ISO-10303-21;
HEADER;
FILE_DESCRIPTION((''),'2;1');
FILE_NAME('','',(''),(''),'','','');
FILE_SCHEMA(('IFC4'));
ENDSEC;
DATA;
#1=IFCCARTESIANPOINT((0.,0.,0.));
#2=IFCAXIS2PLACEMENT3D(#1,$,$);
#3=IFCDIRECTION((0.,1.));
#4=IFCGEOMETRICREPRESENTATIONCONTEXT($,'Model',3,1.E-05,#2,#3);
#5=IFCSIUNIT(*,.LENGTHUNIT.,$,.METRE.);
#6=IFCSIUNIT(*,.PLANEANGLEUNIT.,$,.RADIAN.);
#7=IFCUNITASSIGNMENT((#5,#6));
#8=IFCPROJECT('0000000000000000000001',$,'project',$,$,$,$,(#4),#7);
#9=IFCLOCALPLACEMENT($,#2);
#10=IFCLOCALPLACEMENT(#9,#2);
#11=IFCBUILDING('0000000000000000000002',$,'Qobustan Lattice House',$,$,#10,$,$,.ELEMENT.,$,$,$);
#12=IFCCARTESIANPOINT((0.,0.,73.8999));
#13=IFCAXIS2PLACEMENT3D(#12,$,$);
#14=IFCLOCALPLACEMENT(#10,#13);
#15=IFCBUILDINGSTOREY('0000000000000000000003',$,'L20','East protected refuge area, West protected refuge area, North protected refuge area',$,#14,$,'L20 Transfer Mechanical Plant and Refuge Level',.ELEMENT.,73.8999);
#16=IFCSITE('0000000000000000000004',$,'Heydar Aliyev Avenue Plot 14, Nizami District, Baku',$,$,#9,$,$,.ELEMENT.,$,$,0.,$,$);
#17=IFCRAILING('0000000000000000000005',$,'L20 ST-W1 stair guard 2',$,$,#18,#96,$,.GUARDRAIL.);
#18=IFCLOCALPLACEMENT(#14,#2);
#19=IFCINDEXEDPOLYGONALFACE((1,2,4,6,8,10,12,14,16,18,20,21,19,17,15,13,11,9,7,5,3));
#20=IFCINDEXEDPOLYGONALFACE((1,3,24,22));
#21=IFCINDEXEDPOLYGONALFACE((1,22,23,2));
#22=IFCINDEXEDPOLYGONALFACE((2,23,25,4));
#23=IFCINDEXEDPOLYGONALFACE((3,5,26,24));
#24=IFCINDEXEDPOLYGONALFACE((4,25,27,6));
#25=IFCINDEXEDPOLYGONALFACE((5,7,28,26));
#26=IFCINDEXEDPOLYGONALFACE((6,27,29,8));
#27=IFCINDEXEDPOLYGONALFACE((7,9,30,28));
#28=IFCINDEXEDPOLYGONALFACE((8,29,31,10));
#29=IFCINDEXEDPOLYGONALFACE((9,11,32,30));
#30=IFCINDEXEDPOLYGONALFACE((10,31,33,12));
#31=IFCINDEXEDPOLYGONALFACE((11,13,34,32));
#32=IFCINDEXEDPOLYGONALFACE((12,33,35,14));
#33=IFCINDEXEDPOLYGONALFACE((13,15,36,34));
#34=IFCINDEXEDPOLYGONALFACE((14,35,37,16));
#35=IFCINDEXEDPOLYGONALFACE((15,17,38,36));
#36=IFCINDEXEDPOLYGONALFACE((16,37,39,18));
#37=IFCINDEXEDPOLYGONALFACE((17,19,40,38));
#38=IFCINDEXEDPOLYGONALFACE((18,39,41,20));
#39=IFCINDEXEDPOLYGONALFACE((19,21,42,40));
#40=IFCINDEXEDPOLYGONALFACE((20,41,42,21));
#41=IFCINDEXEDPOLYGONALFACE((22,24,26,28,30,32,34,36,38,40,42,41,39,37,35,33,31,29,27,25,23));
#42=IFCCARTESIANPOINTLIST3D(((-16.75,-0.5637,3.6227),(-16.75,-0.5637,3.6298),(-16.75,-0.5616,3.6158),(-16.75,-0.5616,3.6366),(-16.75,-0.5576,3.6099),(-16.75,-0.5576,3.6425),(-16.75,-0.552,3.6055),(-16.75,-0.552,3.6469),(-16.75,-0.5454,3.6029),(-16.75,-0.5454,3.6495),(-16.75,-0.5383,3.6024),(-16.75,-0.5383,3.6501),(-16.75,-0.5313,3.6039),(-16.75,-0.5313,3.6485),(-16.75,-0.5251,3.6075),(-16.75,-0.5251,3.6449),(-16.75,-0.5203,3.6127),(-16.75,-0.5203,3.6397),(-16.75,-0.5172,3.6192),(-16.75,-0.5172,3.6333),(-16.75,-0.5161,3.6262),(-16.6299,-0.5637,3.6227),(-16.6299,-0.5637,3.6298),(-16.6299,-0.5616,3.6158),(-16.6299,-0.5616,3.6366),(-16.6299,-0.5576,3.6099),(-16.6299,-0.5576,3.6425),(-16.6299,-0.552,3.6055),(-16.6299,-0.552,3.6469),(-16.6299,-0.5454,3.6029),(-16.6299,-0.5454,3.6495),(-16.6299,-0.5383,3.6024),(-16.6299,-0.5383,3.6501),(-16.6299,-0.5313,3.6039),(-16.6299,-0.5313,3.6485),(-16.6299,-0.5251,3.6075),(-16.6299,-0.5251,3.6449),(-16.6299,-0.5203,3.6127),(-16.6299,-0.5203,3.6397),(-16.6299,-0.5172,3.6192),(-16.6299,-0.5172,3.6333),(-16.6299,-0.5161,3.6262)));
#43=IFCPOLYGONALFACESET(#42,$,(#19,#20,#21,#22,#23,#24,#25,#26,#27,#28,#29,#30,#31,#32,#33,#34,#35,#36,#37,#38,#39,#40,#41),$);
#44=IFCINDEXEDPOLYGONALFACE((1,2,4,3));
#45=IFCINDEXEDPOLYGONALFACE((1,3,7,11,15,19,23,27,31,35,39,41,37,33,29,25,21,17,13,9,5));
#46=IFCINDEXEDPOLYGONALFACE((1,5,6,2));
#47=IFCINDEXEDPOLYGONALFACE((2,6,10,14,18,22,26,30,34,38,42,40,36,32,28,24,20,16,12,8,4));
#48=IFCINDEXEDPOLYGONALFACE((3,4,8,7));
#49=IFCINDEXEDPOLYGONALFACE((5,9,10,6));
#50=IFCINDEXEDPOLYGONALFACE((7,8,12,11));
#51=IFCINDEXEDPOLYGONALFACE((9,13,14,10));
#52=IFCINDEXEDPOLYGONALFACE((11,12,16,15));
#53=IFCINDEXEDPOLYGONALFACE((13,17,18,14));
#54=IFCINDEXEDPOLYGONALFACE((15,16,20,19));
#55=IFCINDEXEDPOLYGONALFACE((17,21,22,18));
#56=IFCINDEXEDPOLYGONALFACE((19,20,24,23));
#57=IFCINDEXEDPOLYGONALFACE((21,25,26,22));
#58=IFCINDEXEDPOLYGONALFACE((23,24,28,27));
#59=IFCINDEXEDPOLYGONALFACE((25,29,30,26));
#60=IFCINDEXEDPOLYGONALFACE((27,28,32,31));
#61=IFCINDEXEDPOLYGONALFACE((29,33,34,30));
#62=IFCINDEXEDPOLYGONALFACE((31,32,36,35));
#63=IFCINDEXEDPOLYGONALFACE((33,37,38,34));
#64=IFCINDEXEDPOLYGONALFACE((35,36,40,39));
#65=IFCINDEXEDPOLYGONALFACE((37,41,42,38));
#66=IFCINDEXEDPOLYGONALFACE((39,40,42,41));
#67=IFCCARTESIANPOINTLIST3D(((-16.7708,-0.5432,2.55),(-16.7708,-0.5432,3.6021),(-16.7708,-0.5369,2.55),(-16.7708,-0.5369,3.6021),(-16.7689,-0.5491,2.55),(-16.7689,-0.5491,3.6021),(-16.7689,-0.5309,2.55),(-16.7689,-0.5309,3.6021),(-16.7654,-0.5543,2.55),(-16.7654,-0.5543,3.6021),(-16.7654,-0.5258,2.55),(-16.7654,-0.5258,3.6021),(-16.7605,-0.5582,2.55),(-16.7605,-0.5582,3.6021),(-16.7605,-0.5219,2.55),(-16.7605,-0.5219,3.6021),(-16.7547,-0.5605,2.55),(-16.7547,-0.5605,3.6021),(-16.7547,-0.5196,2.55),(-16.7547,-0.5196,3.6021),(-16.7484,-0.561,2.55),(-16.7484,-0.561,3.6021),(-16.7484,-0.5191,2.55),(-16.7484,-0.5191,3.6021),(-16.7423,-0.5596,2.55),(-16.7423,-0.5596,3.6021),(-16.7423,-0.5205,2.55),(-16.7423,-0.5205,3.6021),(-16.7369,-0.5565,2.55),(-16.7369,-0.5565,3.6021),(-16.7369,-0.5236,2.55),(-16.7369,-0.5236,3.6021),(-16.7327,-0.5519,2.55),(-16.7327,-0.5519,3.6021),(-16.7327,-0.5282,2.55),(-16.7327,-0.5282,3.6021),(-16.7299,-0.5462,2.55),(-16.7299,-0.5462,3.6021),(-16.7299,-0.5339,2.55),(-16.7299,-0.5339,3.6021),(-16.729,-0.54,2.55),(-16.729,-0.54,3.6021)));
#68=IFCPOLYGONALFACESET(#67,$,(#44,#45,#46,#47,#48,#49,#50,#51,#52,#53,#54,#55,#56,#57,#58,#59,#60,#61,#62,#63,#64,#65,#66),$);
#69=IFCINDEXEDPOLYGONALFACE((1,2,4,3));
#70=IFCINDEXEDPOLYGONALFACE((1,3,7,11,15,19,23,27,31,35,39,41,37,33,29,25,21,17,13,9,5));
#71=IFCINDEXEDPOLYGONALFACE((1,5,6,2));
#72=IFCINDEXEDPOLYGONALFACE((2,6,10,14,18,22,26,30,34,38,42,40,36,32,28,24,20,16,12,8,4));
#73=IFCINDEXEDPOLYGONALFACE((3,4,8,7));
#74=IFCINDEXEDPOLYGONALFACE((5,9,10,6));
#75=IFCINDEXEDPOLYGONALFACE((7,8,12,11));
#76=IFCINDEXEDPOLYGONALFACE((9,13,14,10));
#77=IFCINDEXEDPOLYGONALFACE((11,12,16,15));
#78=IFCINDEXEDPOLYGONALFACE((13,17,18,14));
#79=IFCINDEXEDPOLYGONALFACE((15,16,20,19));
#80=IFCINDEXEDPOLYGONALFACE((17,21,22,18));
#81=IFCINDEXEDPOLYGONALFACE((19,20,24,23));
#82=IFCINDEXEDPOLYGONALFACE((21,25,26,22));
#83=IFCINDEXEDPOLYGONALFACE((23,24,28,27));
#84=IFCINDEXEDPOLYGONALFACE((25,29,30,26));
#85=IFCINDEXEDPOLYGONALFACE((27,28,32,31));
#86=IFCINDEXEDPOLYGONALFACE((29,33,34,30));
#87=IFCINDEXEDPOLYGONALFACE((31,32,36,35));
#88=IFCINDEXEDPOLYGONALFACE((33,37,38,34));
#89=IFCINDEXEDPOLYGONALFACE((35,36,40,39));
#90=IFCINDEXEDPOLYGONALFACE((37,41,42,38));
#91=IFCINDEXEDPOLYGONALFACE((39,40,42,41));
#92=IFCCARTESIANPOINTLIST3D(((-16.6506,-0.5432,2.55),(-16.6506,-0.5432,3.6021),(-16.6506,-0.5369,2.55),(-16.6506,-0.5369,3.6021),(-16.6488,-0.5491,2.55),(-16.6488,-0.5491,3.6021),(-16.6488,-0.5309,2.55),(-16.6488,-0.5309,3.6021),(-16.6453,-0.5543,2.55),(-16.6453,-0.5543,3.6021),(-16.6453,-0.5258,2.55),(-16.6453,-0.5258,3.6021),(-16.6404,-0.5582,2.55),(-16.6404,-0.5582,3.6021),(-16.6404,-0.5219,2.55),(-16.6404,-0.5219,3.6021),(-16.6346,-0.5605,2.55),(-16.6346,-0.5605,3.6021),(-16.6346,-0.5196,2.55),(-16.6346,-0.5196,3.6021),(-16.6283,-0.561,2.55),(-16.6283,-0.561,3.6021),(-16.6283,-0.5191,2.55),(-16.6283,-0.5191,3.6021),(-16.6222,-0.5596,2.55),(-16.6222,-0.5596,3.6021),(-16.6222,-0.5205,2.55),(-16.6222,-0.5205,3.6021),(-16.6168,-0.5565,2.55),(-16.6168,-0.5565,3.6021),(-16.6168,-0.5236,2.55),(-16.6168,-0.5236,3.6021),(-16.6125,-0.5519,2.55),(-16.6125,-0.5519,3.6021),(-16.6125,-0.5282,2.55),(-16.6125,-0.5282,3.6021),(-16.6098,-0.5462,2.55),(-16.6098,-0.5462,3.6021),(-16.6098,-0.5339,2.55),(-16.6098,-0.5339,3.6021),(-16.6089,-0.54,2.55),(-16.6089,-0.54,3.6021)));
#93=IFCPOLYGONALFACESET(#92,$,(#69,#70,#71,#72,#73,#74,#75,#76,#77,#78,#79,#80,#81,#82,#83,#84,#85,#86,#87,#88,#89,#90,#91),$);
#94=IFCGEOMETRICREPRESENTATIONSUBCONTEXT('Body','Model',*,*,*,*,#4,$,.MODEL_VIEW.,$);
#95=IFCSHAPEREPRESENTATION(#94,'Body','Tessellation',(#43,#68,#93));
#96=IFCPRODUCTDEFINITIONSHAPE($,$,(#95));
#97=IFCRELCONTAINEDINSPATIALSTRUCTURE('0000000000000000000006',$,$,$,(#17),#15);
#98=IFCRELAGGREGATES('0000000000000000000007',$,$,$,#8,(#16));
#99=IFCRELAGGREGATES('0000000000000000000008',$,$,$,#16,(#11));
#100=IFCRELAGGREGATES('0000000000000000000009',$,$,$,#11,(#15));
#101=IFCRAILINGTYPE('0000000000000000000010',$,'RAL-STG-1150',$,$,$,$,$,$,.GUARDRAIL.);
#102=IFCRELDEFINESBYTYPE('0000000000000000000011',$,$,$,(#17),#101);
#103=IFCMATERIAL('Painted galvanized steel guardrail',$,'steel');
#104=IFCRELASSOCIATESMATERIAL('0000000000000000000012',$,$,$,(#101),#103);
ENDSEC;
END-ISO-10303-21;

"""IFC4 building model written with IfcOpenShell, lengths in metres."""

from ifc_helpers import new_model, si_unit, direction, frame, origin, origin_2d, place, context, subcontext, project, spatial, circle, extrude, material, type_object, element, save


model = new_model("IFC4")

# Units and contexts
model_context = context("Model", 3, precision=1e-05, world=origin(), true_north=direction((0.0, 1.0)))
body_context = subcontext(model_context, "Body", "Model", "MODEL_VIEW")
ifc_project = project(units=[si_unit("LENGTHUNIT", "METRE"), si_unit("PLANEANGLEUNIT", "RADIAN")], contexts=[model_context])

# Site, building, storey
site_placement = place(None, origin())
site = spatial("IfcSite", under=ifc_project, at=site_placement, Name="Heydar Aliyev Avenue Plot 14, Nizami District, Baku", CompositionType="ELEMENT", RefElevation=0.0)
building_placement = place(site_placement, origin())
building = spatial("IfcBuilding", under=site, at=building_placement, Name="Qobustan Lattice House", CompositionType="ELEMENT")
storey_placement = place(building_placement, frame((0.0, 0.0, 73.8999)))
storey = spatial("IfcBuildingStorey", under=building, at=storey_placement, Name="L20", Description="East protected refuge area, West protected refuge area, North protected refuge area", LongName="L20 Transfer Mechanical Plant and Refuge Level", CompositionType="ELEMENT", Elevation=73.8999)

# Railing
ifc_material_1 = material(Name="Painted galvanized steel guardrail", Category="steel")
railing_type_1 = type_object("IfcRailingType", Name="RAL-STG-1150", PredefinedType="GUARDRAIL", material=ifc_material_1)
railing_1_placement = place(storey_placement, frame((-16.75, -0.54, 2.55)))
element("IfcRailing", 1, at=railing_1_placement, inside=storey, type_object=railing_type_1, Name="L20 ST-W1 stair guard 2", PredefinedType="GUARDRAIL", context=body_context, shape_type="SweptSolid", body=[
    extrude(circle(Radius=0.0239, at=origin_2d()), frame((0.0, 0.0, 1.0762), z_axis=(1.0, 0.0, 0.0), x_axis=(0.0, 1.0, 0.0)), (0.0, 0.0, 1.0), 0.1201),
    extrude(circle(Radius=0.021, at=origin_2d()), origin(), (0.0, 0.0, 1.0), 1.052),
    extrude(circle(Radius=0.021, at=origin_2d()), frame((0.1201, 0.0, 0.0)), (0.0, 0.0, 1.0), 1.052),
])

save(model, "model.ifc")
